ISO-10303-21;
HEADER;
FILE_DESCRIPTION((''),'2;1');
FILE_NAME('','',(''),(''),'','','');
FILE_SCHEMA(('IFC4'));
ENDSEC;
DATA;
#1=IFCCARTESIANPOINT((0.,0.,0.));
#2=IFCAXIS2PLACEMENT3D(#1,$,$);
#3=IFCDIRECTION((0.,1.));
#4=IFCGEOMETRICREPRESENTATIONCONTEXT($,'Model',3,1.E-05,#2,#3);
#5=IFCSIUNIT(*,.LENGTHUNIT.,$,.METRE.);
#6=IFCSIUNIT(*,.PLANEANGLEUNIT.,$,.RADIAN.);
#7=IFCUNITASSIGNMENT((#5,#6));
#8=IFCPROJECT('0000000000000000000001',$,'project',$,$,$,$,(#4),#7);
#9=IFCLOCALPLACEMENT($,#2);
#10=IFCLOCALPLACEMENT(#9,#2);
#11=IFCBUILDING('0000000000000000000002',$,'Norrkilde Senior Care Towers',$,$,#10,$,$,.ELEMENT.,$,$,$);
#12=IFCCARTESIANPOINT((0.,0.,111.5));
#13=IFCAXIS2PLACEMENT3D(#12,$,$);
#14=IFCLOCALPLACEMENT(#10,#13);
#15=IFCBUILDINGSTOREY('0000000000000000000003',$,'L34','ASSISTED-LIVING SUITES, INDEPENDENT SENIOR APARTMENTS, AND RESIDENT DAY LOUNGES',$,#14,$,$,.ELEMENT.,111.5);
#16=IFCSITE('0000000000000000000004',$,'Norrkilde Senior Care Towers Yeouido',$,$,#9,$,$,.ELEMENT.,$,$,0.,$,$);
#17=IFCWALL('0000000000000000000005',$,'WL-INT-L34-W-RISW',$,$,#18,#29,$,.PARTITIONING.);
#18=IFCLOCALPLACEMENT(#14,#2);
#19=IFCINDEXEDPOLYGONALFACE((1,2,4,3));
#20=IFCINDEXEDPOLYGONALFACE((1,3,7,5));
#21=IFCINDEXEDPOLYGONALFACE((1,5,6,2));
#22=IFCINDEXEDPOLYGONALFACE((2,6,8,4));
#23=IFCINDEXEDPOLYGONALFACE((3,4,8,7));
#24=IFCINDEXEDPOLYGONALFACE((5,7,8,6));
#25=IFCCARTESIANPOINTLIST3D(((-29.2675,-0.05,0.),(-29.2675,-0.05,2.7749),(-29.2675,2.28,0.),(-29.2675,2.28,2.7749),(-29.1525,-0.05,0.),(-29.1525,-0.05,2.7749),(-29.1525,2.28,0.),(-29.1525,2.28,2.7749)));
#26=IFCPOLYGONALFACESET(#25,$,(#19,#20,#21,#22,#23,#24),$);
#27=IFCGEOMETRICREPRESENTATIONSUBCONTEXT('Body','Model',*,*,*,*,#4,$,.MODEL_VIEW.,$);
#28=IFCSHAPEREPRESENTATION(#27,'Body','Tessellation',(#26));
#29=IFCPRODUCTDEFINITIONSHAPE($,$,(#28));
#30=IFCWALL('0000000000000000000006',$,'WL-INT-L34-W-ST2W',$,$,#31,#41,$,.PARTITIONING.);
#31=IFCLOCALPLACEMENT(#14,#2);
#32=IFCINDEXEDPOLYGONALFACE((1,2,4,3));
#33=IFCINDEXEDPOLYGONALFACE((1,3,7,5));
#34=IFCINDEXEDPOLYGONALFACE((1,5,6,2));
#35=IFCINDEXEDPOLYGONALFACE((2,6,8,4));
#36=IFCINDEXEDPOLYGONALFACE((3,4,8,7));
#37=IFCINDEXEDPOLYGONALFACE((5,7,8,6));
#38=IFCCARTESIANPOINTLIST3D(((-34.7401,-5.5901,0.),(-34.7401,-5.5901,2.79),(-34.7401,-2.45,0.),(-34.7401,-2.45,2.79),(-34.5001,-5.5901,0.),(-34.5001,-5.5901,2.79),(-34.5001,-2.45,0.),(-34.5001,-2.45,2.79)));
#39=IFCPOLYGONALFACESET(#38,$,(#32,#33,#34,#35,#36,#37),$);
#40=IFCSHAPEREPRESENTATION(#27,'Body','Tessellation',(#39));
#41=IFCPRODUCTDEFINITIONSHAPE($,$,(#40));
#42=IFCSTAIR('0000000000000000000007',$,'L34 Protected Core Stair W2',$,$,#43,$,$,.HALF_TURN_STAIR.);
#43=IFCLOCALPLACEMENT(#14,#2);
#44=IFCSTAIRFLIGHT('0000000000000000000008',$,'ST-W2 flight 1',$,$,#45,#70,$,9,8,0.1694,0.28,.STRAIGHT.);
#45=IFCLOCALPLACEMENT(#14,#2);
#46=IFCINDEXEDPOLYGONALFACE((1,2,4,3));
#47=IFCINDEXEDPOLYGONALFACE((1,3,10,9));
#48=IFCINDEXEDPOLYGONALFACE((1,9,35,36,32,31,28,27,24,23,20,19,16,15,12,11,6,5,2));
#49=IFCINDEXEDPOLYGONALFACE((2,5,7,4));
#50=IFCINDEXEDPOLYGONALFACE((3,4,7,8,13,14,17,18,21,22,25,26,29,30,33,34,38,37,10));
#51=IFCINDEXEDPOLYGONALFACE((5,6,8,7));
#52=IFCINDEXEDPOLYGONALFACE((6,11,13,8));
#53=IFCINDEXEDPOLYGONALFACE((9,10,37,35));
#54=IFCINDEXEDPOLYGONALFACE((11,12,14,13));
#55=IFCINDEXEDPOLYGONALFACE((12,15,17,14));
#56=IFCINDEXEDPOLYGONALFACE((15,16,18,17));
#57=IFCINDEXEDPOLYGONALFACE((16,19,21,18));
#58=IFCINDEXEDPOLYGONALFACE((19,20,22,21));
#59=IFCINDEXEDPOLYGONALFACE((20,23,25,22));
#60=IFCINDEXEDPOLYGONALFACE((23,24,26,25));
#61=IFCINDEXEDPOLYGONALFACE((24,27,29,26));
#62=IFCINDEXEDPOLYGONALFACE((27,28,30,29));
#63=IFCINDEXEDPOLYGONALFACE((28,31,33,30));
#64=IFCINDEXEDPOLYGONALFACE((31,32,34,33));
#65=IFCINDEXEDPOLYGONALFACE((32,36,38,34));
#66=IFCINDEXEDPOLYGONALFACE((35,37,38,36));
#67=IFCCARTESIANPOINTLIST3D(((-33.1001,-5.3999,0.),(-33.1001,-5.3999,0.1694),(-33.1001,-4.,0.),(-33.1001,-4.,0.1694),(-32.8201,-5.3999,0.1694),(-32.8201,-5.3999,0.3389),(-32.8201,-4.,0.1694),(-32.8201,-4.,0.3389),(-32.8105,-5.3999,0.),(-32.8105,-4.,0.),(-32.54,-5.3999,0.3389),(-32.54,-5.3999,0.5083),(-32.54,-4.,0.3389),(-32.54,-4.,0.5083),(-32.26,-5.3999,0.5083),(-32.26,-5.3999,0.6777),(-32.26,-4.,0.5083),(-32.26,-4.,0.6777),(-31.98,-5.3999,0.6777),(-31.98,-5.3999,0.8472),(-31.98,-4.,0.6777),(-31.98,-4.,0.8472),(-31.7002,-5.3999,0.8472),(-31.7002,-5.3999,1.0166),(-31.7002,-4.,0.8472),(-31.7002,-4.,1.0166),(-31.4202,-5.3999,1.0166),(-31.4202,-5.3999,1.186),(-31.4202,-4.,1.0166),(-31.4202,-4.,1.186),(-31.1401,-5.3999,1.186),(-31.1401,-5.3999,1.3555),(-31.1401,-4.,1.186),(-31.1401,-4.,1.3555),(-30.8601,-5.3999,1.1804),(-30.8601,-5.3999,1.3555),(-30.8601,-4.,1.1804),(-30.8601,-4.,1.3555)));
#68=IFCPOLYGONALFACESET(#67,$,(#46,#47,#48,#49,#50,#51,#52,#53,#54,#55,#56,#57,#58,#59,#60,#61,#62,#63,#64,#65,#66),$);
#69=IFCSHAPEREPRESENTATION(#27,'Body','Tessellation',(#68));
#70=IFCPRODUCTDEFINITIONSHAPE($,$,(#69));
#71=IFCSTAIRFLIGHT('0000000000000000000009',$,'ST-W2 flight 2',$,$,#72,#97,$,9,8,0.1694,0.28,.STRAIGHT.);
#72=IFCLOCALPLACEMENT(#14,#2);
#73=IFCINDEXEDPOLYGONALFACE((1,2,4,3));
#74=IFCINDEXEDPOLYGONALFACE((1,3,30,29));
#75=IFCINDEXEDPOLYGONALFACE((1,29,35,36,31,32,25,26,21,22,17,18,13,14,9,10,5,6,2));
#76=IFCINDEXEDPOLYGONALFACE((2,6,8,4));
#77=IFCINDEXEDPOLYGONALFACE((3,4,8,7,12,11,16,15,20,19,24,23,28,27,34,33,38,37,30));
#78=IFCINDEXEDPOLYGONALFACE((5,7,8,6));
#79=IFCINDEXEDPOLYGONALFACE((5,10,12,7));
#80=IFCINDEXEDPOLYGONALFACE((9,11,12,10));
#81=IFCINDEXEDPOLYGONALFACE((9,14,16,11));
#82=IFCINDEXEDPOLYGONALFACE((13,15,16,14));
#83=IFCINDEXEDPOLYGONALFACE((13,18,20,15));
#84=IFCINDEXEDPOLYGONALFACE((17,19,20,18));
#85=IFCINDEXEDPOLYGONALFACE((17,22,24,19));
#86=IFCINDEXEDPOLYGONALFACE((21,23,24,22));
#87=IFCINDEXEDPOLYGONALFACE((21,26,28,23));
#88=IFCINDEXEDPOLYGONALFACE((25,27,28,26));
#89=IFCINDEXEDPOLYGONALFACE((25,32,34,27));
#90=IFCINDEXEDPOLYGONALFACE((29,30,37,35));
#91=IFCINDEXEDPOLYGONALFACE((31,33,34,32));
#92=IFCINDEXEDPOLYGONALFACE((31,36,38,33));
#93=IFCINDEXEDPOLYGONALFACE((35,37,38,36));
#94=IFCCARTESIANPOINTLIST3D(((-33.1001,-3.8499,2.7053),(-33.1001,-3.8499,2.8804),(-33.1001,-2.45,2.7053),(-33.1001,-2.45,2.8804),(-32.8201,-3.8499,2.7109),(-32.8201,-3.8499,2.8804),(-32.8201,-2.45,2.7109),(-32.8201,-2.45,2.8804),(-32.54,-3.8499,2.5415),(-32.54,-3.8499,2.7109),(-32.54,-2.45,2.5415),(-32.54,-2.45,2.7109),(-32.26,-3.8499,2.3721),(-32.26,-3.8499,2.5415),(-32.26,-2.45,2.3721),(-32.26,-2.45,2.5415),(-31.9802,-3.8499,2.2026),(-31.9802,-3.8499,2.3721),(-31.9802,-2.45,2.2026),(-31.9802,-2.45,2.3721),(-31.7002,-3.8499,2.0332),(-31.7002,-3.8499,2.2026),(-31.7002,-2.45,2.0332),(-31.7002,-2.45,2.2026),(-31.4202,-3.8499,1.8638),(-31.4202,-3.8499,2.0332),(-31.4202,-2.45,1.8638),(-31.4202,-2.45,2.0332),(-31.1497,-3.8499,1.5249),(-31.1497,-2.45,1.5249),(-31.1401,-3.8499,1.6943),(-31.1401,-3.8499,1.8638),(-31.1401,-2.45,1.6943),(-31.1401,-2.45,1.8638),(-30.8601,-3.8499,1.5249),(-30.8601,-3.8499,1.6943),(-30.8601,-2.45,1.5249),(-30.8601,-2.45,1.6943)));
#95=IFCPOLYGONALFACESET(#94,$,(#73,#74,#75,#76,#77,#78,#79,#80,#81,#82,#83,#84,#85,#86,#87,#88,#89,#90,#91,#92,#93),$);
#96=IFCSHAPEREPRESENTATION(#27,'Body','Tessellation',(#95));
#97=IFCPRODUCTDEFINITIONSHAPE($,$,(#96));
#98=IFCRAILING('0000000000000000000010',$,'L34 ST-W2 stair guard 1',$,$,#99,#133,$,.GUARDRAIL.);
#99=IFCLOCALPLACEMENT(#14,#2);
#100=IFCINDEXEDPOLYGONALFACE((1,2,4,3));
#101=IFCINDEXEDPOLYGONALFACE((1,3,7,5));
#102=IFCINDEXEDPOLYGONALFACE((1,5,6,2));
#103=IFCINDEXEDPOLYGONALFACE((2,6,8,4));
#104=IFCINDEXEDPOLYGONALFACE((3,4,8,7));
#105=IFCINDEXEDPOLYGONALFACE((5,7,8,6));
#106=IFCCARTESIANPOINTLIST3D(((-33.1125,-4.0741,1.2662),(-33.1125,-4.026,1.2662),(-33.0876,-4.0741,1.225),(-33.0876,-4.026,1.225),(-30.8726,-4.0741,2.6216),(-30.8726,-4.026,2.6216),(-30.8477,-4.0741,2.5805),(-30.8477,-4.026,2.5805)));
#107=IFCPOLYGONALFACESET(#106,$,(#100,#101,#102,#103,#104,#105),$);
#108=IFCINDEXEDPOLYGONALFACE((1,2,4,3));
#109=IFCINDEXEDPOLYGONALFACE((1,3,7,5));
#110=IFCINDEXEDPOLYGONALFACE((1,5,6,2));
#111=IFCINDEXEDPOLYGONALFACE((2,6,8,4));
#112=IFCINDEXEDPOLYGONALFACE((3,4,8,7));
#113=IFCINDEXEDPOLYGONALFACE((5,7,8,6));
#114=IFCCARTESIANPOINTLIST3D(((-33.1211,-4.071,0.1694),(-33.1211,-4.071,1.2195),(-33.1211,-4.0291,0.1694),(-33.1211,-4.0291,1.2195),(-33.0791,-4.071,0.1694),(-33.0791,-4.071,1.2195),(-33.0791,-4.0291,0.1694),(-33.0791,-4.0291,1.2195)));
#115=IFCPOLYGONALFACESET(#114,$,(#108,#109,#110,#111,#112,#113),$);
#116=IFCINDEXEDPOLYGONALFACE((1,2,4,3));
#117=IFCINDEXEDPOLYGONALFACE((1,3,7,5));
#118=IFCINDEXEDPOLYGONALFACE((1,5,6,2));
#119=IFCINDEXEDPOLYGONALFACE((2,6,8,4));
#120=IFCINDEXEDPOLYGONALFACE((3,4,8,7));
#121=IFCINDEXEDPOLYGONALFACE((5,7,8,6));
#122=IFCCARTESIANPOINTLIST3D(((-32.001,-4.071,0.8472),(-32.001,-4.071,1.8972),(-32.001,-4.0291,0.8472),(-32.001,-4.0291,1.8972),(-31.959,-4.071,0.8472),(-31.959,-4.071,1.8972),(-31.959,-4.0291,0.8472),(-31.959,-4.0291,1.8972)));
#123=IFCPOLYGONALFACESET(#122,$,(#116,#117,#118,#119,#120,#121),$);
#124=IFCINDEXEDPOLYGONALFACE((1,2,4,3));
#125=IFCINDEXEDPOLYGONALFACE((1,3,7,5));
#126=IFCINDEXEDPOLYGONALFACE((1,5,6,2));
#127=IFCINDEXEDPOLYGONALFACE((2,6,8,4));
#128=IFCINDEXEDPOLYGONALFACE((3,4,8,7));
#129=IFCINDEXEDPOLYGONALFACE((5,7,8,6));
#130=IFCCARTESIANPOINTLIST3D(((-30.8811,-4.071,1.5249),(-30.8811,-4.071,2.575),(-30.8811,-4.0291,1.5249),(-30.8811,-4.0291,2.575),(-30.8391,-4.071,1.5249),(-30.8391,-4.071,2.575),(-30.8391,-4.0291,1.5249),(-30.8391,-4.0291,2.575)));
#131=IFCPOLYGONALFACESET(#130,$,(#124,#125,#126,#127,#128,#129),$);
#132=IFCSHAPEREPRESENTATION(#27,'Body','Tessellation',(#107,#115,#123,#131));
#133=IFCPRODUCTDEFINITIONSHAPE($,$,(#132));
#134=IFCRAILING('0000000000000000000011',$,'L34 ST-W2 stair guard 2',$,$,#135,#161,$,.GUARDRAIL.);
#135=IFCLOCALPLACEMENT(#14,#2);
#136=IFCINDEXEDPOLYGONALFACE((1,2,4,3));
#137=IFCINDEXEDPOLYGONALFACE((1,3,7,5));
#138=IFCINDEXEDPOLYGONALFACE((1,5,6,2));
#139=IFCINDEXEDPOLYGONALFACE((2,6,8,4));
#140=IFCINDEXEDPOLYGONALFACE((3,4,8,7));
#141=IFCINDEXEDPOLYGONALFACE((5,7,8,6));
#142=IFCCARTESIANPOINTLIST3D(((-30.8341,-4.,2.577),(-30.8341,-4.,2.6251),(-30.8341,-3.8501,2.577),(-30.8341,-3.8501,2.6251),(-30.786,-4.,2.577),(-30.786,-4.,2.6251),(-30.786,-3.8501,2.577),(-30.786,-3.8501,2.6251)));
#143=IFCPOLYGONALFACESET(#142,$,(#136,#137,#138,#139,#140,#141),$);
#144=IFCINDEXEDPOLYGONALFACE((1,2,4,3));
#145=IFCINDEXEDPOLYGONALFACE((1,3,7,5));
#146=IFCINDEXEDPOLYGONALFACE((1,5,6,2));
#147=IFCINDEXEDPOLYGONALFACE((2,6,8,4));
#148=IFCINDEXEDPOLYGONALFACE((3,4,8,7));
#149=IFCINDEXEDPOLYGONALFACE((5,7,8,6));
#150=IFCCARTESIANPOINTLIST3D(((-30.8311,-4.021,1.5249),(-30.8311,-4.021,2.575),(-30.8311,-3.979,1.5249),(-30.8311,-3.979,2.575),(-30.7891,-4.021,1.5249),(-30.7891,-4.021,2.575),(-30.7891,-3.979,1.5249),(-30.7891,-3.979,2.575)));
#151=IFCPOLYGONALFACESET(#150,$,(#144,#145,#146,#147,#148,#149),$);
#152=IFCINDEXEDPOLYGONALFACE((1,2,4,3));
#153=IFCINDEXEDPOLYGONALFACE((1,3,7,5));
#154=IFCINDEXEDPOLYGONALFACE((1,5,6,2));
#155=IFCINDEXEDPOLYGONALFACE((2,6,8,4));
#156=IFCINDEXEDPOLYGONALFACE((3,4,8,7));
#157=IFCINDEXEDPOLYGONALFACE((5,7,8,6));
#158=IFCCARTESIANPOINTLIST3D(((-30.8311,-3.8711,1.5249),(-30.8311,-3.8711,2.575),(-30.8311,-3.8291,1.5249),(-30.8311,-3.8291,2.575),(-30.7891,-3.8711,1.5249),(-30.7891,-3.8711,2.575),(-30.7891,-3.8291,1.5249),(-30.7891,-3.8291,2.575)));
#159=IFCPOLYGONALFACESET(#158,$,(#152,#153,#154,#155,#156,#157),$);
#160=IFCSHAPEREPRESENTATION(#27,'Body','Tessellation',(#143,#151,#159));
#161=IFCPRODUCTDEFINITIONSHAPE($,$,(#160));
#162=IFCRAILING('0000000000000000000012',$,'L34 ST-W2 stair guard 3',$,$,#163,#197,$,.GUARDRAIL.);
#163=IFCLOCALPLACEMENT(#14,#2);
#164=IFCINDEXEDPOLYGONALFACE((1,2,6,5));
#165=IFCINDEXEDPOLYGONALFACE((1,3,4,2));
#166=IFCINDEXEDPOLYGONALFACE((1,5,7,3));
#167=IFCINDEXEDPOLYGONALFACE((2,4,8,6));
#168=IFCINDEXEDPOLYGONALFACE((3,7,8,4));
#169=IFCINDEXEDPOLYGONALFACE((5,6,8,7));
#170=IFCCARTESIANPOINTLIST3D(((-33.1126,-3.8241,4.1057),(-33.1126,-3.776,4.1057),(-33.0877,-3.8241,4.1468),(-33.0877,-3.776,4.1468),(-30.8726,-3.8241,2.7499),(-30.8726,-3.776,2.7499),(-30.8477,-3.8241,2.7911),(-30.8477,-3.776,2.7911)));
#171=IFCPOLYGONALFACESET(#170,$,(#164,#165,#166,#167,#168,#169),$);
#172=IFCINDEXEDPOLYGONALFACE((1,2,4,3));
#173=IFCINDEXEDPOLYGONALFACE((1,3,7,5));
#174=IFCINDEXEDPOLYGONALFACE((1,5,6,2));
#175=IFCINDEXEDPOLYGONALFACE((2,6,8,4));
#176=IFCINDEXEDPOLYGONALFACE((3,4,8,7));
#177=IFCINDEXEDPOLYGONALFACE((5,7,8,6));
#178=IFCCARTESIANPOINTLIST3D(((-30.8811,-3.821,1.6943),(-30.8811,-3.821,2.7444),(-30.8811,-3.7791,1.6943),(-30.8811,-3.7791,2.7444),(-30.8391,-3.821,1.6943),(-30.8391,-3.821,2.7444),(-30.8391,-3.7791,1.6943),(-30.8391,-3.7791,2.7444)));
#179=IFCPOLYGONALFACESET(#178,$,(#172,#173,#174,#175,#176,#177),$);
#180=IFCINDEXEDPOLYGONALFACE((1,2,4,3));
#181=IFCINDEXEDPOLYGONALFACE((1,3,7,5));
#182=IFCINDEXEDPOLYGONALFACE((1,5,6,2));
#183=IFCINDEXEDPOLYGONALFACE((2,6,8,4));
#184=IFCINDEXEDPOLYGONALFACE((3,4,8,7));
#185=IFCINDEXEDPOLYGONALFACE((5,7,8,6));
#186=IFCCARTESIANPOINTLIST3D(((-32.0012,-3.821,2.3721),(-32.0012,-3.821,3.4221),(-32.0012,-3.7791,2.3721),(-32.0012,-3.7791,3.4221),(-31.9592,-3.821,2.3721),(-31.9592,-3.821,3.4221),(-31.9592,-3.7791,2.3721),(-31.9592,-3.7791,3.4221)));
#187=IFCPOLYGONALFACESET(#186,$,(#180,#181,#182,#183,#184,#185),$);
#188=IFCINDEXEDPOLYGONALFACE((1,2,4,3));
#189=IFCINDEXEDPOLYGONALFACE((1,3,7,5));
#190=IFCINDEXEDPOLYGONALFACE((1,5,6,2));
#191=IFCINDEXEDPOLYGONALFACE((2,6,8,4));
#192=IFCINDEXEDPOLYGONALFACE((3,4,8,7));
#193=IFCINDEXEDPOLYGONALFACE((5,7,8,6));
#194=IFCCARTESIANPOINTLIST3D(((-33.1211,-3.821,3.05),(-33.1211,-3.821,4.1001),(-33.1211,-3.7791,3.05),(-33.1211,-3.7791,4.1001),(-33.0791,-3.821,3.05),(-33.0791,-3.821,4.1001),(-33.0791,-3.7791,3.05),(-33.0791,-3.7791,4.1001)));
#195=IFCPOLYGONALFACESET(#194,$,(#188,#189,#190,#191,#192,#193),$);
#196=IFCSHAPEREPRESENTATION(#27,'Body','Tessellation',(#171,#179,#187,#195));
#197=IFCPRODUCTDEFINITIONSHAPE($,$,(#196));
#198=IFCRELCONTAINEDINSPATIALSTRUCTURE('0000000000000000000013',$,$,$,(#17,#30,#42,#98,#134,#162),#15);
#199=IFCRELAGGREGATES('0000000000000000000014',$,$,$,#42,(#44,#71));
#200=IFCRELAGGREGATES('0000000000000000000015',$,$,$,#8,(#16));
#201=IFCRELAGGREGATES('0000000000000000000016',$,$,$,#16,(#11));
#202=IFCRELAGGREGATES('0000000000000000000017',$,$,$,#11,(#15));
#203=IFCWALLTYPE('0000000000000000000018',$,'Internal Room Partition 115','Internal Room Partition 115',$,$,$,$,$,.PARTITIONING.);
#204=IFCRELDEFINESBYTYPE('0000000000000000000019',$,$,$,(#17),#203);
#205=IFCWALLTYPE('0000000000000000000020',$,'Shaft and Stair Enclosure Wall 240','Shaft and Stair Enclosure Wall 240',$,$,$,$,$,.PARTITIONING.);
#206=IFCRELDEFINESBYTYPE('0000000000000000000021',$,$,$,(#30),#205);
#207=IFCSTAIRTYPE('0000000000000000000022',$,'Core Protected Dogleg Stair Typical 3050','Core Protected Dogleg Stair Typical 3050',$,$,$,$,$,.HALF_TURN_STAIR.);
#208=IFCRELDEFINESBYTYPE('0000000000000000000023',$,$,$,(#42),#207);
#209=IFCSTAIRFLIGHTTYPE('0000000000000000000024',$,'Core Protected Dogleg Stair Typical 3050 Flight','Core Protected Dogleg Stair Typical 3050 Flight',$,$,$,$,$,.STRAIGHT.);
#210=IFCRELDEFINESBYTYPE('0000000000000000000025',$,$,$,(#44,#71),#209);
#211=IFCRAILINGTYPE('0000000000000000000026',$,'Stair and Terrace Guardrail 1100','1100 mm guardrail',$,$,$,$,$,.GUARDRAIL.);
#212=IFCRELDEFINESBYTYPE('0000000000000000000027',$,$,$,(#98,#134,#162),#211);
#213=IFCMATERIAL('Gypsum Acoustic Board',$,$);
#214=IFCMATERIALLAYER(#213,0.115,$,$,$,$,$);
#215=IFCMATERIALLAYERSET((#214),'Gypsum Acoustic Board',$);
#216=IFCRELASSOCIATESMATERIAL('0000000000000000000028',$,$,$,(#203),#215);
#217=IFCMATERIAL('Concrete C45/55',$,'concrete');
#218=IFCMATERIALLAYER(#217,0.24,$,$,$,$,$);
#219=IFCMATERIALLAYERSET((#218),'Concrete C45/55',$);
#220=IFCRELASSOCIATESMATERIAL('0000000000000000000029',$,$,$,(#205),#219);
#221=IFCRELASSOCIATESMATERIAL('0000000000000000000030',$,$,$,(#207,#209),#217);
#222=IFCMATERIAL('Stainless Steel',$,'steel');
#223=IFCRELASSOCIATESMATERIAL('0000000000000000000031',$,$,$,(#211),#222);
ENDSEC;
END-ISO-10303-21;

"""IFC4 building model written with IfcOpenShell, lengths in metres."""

from ifc_helpers import new_model, si_unit, direction, frame, frame_2d, origin, origin_2d, place, context, subcontext, project, spatial, polyline, rectangle, outline, extrude, source, transform, mapped, material, layer, layer_set, type_object, type_shapes, element, aggregate, save


model = new_model("IFC4")

# Units and contexts
model_context = context("Model", 3, precision=1e-05, world=origin(), true_north=direction((0.0, 1.0)))
body_context = subcontext(model_context, "Body", "Model", "MODEL_VIEW")
ifc_project = project(units=[si_unit("LENGTHUNIT", "METRE"), si_unit("PLANEANGLEUNIT", "RADIAN")], contexts=[model_context])

# Site, building, storey
site_placement = place(None, origin())
site = spatial("IfcSite", under=ifc_project, at=site_placement, Name="Norrkilde Senior Care Towers Yeouido", CompositionType="ELEMENT", RefElevation=0.0)
building_placement = place(site_placement, origin())
building = spatial("IfcBuilding", under=site, at=building_placement, Name="Norrkilde Senior Care Towers", CompositionType="ELEMENT")
storey_placement = place(building_placement, frame((0.0, 0.0, 111.5)))
storey = spatial("IfcBuildingStorey", under=building, at=storey_placement, Name="L34", Description="ASSISTED-LIVING SUITES, INDEPENDENT SENIOR APARTMENTS, AND RESIDENT DAY LOUNGES", CompositionType="ELEMENT", Elevation=111.5)

# Shared definitions
ifc_material_1 = material(Name="Concrete C45/55", Category="concrete")

# Wall
ifc_material_2 = material(Name="Gypsum Acoustic Board")
ifc_layer_1 = layer(ifc_material_2, 0.115)
ifc_layer_set_1 = layer_set([ifc_layer_1], Name="Gypsum Acoustic Board")
wall_type_1 = type_object("IfcWallType", Name="Internal Room Partition 115", Description="Internal Room Partition 115", PredefinedType="PARTITIONING", material=ifc_layer_set_1)
shared_shape_1 = source(origin(), body_context, "Body", "SweptSolid", [
    extrude(rectangle(XDim=2.3301, YDim=0.115, at=frame_2d((1.165, 0.0))), origin(), (0.0, 0.0, 1.0), 2.7749),
])
type_shapes(wall_type_1, [shared_shape_1])
wall_1_placement = place(storey_placement, frame((-29.21, -0.05, 0.0), z_axis=(0.0, 0.0, 1.0), x_axis=(0.0, 1.0, 0.0)))
element("IfcWall", 1, at=wall_1_placement, inside=storey, type_object=wall_type_1, Name="WL-INT-L34-W-RISW", PredefinedType="PARTITIONING", context=body_context, shape_type="MappedRepresentation", body=[
    mapped(shared_shape_1, transform((0.0, 0.0, 0.0), x_axis=(1.0, 0.0, 0.0), y_axis=(0.0, 1.0, 0.0), z_axis=(0.0, 0.0, 1.0), scale=1.0)),
])

# Shared definitions
ifc_layer_2 = layer(ifc_material_1, 0.24)
ifc_layer_set_2 = layer_set([ifc_layer_2], Name="Concrete C45/55")
wall_type_2 = type_object("IfcWallType", Name="Shaft and Stair Enclosure Wall 240", Description="Shaft and Stair Enclosure Wall 240", PredefinedType="PARTITIONING", material=ifc_layer_set_2)

# Wall
shared_shape_2 = source(origin(), body_context, "Body", "SweptSolid", [
    extrude(rectangle(XDim=3.1401, YDim=0.24, at=frame_2d((1.5701, 0.0))), origin(), (0.0, 0.0, 1.0), 2.79),
])
wall_2_placement = place(storey_placement, frame((-34.6201, -5.5901, 0.0), z_axis=(0.0, 0.0, 1.0), x_axis=(0.0, 1.0, 0.0)))
element("IfcWall", 2, at=wall_2_placement, inside=storey, type_object=wall_type_2, Name="WL-INT-L34-W-ST2W", PredefinedType="PARTITIONING", context=body_context, shape_type="MappedRepresentation", body=[
    mapped(shared_shape_2, transform((0.0, 0.0, 0.0), x_axis=(1.0, 0.0, 0.0), y_axis=(0.0, 1.0, 0.0), z_axis=(0.0, 0.0, 1.0), scale=1.0)),
])

# Stair, stair flights
stair_type = type_object("IfcStairType", Name="Core Protected Dogleg Stair Typical 3050", Description="Core Protected Dogleg Stair Typical 3050", PredefinedType="HALF_TURN_STAIR", material=ifc_material_1)
stair_placement = place(storey_placement, origin())
stair = element("IfcStair", 3, at=stair_placement, inside=storey, type_object=stair_type, Name="L34 Protected Core Stair W2", PredefinedType="HALF_TURN_STAIR")
stair_flight_type = type_object("IfcStairFlightType", Name="Core Protected Dogleg Stair Typical 3050 Flight", Description="Core Protected Dogleg Stair Typical 3050 Flight", PredefinedType="STRAIGHT", material=ifc_material_1)
stair_flight_1_placement = place(storey_placement, frame((-33.1001, -4.7, 0.0), z_axis=(0.0, 0.0, 1.0), x_axis=(1.0, 0.0, 0.0)))
stair_flight_1 = element("IfcStairFlight", 4, at=stair_flight_1_placement, type_object=stair_flight_type, Name="ST-W2 flight 1", NumberOfRisers=9, NumberOfTreads=8, PredefinedType="STRAIGHT", RiserHeight=0.1694, TreadLength=0.28, context=body_context, shape_type="SweptSolid", body=[
    extrude(outline(polyline([(0.0, 0.0), (0.0, 0.1694), (0.28, 0.1694), (0.28, 0.3389), (0.5601, 0.3389), (0.5601, 0.5083), (0.8401, 0.5083), (0.8401, 0.6777), (1.1201, 0.6777), (1.1201, 0.8472), (1.3999, 0.8472), (1.3999, 1.0166), (1.6799, 1.0166), (1.6799, 1.186), (1.96, 1.186), (1.96, 1.3555), (2.24, 1.3555), (2.24, 1.5249), (2.24, 1.1804), (0.2896, 0.0), (0.0, 0.0)])), frame((0.0, 0.7, 0.0), z_axis=(0.0, -1.0, 0.0), x_axis=(1.0, 0.0, 0.0)), (0.0, 0.0, 1.0), 1.3999),
])
stair_flight_2_placement = place(storey_placement, frame((-30.8601, -3.1499, 1.5249), z_axis=(0.0, 0.0, 1.0), x_axis=(-1.0, 0.0, 0.0)))
stair_flight_2 = element("IfcStairFlight", 5, at=stair_flight_2_placement, type_object=stair_flight_type, Name="ST-W2 flight 2", NumberOfRisers=9, NumberOfTreads=8, PredefinedType="STRAIGHT", RiserHeight=0.1694, TreadLength=0.28, context=body_context, shape_type="SweptSolid", body=[
    extrude(outline(polyline([(0.0, 0.0), (0.0, 0.1694), (0.28, 0.1694), (0.28, 0.3389), (0.5601, 0.3389), (0.5601, 0.5083), (0.8401, 0.5083), (0.8401, 0.6777), (1.1201, 0.6777), (1.1201, 0.8472), (1.3999, 0.8472), (1.3999, 1.0166), (1.6799, 1.0166), (1.6799, 1.186), (1.96, 1.186), (1.96, 1.3555), (2.24, 1.3555), (2.24, 1.5249), (2.24, 1.1804), (0.2896, 0.0), (0.0, 0.0)])), frame((0.0, 0.7, 0.0), z_axis=(0.0, -1.0, 0.0), x_axis=(1.0, 0.0, 0.0)), (0.0, 0.0, 1.0), 1.3999),
])
aggregate(stair, [stair_flight_1, stair_flight_2])

# Railings
ifc_material_3 = material(Name="Stainless Steel", Category="steel")
railing_type_1 = type_object("IfcRailingType", Name="Stair and Terrace Guardrail 1100", Description="1100 mm guardrail", PredefinedType="GUARDRAIL", material=ifc_material_3)
railing_1_placement = place(storey_placement, frame((-33.1001, -4.05, 0.1694)))
element("IfcRailing", 6, at=railing_1_placement, inside=storey, type_object=railing_type_1, Name="L34 ST-W2 stair guard 1", PredefinedType="GUARDRAIL", context=body_context, shape_type="SweptSolid", body=[
    extrude(rectangle(XDim=0.0481, YDim=0.0481, at=origin_2d()), frame((0.0, 0.0, 1.0762), z_axis=(0.855553, 0.0, 0.517715), x_axis=(0.0, 1.0, 0.0)), (0.0, 0.0, 1.0), 2.6182),
    extrude(rectangle(XDim=0.042, YDim=0.042, at=origin_2d()), origin(), (0.0, 0.0, 1.0), 1.05),
    extrude(rectangle(XDim=0.042, YDim=0.042, at=origin_2d()), frame((1.1201, 0.0, 0.6777)), (0.0, 0.0, 1.0), 1.05),
    extrude(rectangle(XDim=0.042, YDim=0.042, at=origin_2d()), frame((2.24, 0.0, 1.3555)), (0.0, 0.0, 1.0), 1.05),
])
railing_2_placement = place(storey_placement, frame((-30.8101, -4.0, 1.5249)))
element("IfcRailing", 7, at=railing_2_placement, inside=storey, type_object=railing_type_1, Name="L34 ST-W2 stair guard 2", PredefinedType="GUARDRAIL", context=body_context, shape_type="SweptSolid", body=[
    extrude(rectangle(XDim=0.0481, YDim=0.0481, at=origin_2d()), frame((0.0, 0.0, 1.0762), z_axis=(0.0, 1.0, 0.0), x_axis=(-1.0, 0.0, 0.0)), (0.0, 0.0, 1.0), 0.1499),
    extrude(rectangle(XDim=0.042, YDim=0.042, at=origin_2d()), origin(), (0.0, 0.0, 1.0), 1.05),
    extrude(rectangle(XDim=0.042, YDim=0.042, at=origin_2d()), frame((0.0, 0.1499, 0.0)), (0.0, 0.0, 1.0), 1.05),
])
railing_3_placement = place(storey_placement, frame((-30.8601, -3.8, 1.6943)))
element("IfcRailing", 8, at=railing_3_placement, inside=storey, type_object=railing_type_1, Name="L34 ST-W2 stair guard 3", PredefinedType="GUARDRAIL", context=body_context, shape_type="SweptSolid", body=[
    extrude(rectangle(XDim=0.0481, YDim=0.0481, at=origin_2d()), frame((0.0, 0.0, 1.0762), z_axis=(-0.855512, 0.0, 0.517783), x_axis=(0.0, -1.0, 0.0)), (0.0, 0.0, 1.0), 2.6184),
    extrude(rectangle(XDim=0.042, YDim=0.042, at=origin_2d()), origin(), (0.0, 0.0, 1.0), 1.05),
    extrude(rectangle(XDim=0.042, YDim=0.042, at=origin_2d()), frame((-1.1201, 0.0, 0.6777)), (0.0, 0.0, 1.0), 1.05),
    extrude(rectangle(XDim=0.042, YDim=0.042, at=origin_2d()), frame((-2.24, 0.0, 1.3557)), (0.0, 0.0, 1.0), 1.05),
])

save(model, "model.ifc")
